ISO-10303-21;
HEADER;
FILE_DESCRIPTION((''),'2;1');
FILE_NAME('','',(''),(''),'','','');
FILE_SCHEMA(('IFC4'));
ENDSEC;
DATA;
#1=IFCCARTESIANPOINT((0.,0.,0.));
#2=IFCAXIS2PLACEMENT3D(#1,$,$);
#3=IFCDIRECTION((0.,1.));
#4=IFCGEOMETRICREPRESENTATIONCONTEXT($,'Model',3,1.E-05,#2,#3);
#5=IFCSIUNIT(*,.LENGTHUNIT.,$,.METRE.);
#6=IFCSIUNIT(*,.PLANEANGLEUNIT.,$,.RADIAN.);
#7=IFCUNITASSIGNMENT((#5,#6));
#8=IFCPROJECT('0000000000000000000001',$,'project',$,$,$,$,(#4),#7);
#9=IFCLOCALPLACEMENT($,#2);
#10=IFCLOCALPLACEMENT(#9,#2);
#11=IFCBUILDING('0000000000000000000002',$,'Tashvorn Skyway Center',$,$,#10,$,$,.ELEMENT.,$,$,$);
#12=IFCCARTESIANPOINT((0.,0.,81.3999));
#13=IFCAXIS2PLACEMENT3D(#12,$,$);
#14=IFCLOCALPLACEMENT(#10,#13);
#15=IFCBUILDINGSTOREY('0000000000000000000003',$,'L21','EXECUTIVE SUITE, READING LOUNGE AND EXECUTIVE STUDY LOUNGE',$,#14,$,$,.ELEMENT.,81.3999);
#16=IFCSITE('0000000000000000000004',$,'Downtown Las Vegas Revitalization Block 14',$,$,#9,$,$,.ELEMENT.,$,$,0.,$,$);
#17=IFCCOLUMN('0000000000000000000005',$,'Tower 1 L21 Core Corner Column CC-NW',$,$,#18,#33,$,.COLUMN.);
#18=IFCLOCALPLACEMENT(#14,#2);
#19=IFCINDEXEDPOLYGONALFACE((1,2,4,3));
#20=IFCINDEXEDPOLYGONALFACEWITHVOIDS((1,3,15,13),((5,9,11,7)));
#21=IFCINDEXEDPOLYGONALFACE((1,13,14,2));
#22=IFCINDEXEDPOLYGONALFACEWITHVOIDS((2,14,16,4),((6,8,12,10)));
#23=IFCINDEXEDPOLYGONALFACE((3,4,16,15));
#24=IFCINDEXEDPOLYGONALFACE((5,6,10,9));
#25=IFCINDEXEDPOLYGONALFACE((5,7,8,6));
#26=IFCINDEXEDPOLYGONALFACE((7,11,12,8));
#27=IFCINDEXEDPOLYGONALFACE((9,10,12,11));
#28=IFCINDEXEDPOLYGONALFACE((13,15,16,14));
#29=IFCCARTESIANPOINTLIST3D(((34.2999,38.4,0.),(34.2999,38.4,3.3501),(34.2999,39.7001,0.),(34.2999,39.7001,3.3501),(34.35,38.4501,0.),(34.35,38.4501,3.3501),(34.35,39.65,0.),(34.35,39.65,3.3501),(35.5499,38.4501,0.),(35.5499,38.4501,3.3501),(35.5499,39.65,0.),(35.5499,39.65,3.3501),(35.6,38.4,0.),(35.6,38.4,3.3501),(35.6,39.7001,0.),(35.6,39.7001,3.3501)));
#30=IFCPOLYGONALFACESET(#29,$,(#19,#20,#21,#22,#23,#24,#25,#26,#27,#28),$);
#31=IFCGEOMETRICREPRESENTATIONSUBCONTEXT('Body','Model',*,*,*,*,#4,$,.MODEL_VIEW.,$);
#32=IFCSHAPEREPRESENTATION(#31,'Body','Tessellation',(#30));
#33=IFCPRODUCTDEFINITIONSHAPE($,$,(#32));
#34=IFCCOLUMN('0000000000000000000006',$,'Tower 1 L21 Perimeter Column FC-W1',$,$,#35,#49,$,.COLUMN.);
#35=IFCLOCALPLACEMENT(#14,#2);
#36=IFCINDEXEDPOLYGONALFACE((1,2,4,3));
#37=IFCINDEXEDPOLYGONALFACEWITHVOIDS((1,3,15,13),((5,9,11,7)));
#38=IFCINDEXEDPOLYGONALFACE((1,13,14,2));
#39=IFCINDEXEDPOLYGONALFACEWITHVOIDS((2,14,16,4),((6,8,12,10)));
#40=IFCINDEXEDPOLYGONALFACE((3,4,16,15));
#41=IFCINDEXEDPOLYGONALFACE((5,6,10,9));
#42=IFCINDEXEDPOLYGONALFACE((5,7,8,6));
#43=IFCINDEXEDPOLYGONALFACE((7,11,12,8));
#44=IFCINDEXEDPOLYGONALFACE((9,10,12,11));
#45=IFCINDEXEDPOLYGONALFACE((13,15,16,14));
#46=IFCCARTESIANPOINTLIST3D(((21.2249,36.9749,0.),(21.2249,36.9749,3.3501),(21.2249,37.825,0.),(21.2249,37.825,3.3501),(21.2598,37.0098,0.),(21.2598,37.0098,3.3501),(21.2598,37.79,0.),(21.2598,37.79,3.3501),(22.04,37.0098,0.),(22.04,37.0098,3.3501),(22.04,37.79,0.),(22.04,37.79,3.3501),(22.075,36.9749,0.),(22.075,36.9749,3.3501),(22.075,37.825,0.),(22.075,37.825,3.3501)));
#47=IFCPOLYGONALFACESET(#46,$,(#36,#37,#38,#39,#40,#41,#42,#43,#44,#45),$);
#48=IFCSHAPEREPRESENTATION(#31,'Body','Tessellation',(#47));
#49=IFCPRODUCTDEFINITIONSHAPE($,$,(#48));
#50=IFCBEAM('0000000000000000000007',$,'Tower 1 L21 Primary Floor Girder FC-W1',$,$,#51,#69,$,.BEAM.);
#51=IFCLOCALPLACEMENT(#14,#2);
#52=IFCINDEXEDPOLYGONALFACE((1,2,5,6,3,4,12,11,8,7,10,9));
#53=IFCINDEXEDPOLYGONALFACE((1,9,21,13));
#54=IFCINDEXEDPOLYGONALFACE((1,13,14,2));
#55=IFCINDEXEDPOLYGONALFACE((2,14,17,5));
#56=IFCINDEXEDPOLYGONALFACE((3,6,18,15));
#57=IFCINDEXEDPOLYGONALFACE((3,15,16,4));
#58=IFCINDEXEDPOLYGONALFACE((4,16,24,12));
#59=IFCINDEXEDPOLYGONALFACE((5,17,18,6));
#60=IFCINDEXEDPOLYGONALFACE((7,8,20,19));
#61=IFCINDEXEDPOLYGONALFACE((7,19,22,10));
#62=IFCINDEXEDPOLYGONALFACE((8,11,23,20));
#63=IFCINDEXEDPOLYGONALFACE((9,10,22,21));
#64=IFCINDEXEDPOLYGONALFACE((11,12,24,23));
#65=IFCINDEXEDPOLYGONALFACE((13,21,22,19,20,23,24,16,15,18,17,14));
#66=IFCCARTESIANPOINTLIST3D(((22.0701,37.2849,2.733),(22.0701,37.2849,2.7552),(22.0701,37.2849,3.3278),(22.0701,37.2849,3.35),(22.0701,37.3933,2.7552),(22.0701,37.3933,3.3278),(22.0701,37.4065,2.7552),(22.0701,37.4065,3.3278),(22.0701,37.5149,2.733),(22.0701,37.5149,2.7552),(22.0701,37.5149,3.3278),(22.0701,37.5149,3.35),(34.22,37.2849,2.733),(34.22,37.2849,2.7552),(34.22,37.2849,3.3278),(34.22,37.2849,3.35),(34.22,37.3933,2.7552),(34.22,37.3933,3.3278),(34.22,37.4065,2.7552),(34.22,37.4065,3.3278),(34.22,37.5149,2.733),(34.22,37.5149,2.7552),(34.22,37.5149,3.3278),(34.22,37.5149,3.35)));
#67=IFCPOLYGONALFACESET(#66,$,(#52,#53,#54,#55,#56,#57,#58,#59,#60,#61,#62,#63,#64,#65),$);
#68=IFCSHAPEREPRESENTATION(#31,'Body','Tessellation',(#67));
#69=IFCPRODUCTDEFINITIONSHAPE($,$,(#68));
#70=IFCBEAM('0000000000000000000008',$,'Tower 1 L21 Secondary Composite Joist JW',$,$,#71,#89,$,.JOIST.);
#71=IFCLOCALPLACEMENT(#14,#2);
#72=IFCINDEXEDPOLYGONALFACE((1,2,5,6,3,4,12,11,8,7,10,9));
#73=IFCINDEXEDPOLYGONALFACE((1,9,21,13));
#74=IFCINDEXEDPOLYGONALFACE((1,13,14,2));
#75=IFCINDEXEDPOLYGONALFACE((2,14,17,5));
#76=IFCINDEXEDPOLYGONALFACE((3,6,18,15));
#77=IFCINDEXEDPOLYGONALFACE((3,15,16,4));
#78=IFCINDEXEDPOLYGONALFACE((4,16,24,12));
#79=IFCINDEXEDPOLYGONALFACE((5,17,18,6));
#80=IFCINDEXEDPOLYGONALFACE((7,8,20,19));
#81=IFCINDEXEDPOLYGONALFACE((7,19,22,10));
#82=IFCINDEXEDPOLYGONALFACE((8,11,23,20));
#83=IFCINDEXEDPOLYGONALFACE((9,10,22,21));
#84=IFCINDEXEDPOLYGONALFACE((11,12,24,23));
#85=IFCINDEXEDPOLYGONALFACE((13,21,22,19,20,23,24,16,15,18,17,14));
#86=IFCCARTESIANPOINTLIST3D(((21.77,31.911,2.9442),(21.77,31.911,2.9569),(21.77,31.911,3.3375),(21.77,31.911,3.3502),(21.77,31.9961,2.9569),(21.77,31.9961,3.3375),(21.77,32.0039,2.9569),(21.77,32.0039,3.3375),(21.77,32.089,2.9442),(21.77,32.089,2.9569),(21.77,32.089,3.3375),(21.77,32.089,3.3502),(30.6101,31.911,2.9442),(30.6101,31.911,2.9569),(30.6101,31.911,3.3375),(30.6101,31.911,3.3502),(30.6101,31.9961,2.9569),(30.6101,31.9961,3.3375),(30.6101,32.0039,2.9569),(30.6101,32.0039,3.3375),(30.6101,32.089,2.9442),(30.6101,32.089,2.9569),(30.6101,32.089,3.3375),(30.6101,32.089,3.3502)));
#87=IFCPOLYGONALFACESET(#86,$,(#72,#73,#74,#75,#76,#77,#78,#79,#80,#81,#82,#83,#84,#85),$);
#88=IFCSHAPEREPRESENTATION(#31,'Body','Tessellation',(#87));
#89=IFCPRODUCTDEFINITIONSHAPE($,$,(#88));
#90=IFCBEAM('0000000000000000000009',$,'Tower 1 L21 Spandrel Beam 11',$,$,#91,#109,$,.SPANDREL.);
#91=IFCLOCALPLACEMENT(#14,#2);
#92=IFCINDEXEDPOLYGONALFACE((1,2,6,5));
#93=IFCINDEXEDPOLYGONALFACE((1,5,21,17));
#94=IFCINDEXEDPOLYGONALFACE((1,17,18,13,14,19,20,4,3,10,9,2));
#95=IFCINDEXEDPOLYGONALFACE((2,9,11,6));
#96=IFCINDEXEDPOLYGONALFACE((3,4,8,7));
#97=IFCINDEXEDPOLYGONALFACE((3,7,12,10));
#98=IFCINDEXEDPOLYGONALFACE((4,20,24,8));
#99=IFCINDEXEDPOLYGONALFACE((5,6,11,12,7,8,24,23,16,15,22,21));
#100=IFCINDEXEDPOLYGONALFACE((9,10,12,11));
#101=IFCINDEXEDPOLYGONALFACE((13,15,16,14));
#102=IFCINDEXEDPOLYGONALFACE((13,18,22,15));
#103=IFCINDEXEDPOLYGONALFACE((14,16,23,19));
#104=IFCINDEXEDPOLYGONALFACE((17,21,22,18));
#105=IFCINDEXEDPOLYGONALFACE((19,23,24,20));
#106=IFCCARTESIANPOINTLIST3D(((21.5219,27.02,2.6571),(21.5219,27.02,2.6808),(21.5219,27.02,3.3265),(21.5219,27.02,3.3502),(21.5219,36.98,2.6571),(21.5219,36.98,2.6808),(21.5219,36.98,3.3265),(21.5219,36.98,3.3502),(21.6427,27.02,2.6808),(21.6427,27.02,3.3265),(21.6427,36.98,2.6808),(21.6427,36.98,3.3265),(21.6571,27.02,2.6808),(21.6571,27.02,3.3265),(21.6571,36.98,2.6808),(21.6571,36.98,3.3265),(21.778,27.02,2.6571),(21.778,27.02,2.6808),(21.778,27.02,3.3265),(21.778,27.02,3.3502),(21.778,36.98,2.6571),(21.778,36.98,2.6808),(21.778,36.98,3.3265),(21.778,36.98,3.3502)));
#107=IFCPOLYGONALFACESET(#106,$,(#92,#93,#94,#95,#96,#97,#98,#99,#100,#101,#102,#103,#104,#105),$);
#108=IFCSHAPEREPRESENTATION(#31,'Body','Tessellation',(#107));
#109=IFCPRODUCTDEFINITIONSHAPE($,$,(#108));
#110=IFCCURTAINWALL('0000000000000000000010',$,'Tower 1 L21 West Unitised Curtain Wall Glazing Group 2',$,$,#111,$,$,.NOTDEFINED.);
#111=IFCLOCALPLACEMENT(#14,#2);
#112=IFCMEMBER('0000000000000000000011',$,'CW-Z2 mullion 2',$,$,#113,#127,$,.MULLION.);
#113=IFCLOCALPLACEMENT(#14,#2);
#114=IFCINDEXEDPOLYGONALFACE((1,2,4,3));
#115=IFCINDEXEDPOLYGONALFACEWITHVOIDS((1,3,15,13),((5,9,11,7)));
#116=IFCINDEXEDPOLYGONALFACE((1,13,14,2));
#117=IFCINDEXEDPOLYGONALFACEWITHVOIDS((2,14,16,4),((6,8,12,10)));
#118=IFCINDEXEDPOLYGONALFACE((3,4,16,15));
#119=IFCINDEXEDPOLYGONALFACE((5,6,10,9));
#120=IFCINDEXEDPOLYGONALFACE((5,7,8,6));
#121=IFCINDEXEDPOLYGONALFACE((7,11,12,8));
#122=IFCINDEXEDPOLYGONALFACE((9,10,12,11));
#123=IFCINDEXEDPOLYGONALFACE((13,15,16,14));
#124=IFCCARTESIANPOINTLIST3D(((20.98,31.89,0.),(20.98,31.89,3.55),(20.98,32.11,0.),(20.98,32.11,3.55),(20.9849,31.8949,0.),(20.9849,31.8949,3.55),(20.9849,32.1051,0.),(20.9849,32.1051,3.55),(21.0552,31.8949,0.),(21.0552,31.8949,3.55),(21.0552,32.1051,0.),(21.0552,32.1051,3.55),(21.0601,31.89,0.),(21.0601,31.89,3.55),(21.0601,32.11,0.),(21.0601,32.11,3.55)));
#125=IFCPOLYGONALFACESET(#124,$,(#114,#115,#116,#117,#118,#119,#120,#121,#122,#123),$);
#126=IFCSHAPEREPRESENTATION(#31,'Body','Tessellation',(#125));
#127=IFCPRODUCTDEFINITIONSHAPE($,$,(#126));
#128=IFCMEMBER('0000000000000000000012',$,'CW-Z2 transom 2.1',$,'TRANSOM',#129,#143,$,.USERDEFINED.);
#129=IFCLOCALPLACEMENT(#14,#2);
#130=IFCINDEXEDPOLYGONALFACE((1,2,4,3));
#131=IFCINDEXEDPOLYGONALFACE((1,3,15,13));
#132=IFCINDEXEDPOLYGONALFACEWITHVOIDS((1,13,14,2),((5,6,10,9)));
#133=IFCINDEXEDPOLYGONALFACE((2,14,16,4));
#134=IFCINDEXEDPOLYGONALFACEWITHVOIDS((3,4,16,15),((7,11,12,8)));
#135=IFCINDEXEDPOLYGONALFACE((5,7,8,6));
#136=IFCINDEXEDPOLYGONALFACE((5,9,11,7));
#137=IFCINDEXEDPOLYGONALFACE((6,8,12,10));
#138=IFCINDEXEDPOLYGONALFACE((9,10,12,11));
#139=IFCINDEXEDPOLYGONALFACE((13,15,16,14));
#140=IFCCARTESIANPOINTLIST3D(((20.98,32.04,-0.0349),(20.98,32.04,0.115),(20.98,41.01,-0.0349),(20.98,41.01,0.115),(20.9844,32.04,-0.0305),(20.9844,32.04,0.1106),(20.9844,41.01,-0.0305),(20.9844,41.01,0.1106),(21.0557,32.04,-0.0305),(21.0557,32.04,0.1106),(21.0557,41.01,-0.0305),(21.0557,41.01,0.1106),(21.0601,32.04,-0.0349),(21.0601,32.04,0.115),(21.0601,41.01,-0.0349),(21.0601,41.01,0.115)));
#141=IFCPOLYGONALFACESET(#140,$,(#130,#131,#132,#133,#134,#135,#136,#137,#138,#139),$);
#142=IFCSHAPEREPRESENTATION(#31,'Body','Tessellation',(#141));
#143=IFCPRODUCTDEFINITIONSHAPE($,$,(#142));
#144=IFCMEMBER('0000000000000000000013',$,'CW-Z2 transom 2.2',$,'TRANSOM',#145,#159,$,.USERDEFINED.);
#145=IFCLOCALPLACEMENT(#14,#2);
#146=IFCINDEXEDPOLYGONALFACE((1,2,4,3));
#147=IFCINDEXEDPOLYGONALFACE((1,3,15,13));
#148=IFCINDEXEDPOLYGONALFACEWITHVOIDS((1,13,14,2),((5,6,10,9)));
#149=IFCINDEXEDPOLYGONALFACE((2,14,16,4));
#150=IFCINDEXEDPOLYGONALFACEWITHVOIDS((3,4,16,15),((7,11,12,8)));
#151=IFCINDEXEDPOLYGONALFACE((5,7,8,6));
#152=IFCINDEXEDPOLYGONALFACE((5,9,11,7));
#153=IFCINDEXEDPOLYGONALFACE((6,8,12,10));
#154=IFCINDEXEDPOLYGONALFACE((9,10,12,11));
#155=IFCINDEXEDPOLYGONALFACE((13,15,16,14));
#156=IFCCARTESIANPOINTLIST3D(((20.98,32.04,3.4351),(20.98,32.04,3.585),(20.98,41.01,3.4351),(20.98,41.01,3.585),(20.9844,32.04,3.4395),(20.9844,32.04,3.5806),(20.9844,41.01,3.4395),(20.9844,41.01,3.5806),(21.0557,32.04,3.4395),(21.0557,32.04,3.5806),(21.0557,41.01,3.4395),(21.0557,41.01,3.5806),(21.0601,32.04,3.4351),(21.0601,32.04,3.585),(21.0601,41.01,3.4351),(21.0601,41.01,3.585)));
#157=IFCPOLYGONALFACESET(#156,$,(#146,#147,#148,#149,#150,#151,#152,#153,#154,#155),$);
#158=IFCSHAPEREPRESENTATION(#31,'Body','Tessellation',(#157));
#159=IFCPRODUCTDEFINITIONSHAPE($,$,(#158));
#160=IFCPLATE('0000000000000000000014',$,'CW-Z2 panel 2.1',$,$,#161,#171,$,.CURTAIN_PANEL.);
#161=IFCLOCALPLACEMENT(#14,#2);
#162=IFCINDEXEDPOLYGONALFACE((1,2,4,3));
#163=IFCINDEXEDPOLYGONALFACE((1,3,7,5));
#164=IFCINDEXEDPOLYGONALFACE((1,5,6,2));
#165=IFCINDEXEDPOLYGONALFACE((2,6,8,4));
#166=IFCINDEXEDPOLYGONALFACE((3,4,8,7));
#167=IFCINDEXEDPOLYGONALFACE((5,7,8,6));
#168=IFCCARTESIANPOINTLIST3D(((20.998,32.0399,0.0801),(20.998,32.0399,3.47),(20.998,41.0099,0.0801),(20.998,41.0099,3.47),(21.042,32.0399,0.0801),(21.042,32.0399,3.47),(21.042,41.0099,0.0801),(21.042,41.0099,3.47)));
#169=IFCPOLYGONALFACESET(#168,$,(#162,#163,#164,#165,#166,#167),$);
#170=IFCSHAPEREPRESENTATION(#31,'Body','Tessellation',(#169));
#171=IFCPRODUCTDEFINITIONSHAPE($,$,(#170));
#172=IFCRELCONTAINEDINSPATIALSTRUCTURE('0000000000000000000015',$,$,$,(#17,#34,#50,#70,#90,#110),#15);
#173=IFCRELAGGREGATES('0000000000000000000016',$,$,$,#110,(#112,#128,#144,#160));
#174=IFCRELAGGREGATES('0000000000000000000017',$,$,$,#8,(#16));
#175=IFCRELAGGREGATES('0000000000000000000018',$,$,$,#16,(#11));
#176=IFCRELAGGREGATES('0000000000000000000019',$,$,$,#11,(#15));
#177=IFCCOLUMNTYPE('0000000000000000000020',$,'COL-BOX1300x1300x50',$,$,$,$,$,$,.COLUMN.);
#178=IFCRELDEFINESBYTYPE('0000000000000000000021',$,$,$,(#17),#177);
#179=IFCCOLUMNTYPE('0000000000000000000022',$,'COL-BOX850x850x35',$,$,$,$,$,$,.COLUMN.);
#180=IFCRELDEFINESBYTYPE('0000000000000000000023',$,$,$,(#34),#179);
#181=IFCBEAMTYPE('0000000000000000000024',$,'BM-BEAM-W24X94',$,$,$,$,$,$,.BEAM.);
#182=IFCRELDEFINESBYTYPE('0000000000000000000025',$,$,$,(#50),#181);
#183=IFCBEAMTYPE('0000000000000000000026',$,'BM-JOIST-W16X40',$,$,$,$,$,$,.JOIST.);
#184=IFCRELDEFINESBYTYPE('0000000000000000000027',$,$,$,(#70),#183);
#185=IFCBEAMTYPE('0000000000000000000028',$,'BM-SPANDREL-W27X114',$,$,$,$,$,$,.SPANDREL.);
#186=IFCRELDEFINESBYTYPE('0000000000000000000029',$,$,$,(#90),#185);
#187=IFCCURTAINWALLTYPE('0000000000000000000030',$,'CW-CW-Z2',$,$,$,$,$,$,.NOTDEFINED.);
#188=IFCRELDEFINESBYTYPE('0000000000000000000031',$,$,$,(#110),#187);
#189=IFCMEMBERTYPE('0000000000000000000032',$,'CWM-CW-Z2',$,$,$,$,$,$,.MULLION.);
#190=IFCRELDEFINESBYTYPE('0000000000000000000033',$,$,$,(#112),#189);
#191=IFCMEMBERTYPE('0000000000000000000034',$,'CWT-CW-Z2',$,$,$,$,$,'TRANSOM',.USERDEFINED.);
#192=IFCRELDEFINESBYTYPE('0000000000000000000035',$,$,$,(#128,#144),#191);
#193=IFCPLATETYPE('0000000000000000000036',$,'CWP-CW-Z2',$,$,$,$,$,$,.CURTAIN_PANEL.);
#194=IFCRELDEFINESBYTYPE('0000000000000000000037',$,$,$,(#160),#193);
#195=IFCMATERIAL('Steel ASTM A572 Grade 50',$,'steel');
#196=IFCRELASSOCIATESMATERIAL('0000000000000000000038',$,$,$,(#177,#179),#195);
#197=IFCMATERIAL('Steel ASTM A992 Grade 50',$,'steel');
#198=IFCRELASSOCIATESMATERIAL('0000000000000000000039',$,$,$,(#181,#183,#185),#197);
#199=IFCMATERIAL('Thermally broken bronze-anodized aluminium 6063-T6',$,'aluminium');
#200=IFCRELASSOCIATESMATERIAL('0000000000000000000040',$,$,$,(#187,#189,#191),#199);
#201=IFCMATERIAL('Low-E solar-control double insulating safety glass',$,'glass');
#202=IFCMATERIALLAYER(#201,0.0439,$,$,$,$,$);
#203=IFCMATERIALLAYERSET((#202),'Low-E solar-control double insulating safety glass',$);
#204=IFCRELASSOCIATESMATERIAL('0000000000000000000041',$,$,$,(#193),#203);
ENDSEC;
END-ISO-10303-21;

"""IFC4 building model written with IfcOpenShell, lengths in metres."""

from ifc_helpers import new_model, si_unit, direction, frame, origin, origin_2d, place, context, subcontext, project, spatial, rectangle, hollow_rectangle, i_section, extrude, material, layer, layer_set, material_profile, profile_set, type_object, element, aggregate, save


model = new_model("IFC4")

# Units and contexts
model_context = context("Model", 3, precision=1e-05, world=origin(), true_north=direction((0.0, 1.0)))
body_context = subcontext(model_context, "Body", "Model", "MODEL_VIEW")
ifc_project = project(units=[si_unit("LENGTHUNIT", "METRE"), si_unit("PLANEANGLEUNIT", "RADIAN")], contexts=[model_context])

# Site, building, storey
site_placement = place(None, origin())
site = spatial("IfcSite", under=ifc_project, at=site_placement, Name="Downtown Las Vegas Revitalization Block 14", CompositionType="ELEMENT", RefElevation=0.0)
building_placement = place(site_placement, origin())
building = spatial("IfcBuilding", under=site, at=building_placement, Name="Tashvorn Skyway Center", CompositionType="ELEMENT")
storey_placement = place(building_placement, frame((0.0, 0.0, 81.3999)))
storey = spatial("IfcBuildingStorey", under=building, at=storey_placement, Name="L21", Description="EXECUTIVE SUITE, READING LOUNGE AND EXECUTIVE STUDY LOUNGE", CompositionType="ELEMENT", Elevation=81.3999)

# Columns
ifc_material_1 = material(Name="Steel ASTM A572 Grade 50", Category="steel")
ifc_material_profile_1 = material_profile(ifc_material_1, hollow_rectangle(XDim=1.3, YDim=1.3, WallThickness=0.05, at=origin_2d()), Name="BOX1300x1300x50")
ifc_profile_set_1 = profile_set([ifc_material_profile_1], Name="Steel ASTM A572 Grade 50")
column_type_1 = type_object("IfcColumnType", Name="COL-BOX1300x1300x50", PredefinedType="COLUMN", material=ifc_profile_set_1)
column_1_placement = place(storey_placement, frame((34.95, 39.05, 0.0), z_axis=(0.0, 0.0, 1.0), x_axis=(1.0, 0.0, 0.0)))
element("IfcColumn", 1, at=column_1_placement, inside=storey, type_object=column_type_1, Name="Tower 1 L21 Core Corner Column CC-NW", PredefinedType="COLUMN", context=body_context, shape_type="SweptSolid", body=[
    extrude(hollow_rectangle(XDim=1.3, YDim=1.3, WallThickness=0.05, at=origin_2d()), origin(), (0.0, 0.0, 1.0), 3.3501),
])
ifc_material_profile_2 = material_profile(ifc_material_1, hollow_rectangle(XDim=0.8501, YDim=0.8501, WallThickness=0.0349, at=origin_2d()), Name="BOX850x850x35")
ifc_profile_set_2 = profile_set([ifc_material_profile_2], Name="Steel ASTM A572 Grade 50")
column_type_2 = type_object("IfcColumnType", Name="COL-BOX850x850x35", PredefinedType="COLUMN", material=ifc_profile_set_2)
column_2_placement = place(storey_placement, frame((21.6499, 37.3999, 0.0), z_axis=(0.0, 0.0, 1.0), x_axis=(1.0, 0.0, 0.0)))
element("IfcColumn", 2, at=column_2_placement, inside=storey, type_object=column_type_2, Name="Tower 1 L21 Perimeter Column FC-W1", PredefinedType="COLUMN", context=body_context, shape_type="SweptSolid", body=[
    extrude(hollow_rectangle(XDim=0.8501, YDim=0.8501, WallThickness=0.0349, at=origin_2d()), origin(), (0.0, 0.0, 1.0), 3.3501),
])

# Beams
ifc_material_2 = material(Name="Steel ASTM A992 Grade 50", Category="steel")
ifc_material_profile_3 = material_profile(ifc_material_2, i_section(OverallWidth=0.23, OverallDepth=0.6169, WebThickness=0.0132, FlangeThickness=0.0222, at=origin_2d()), Name="W24X94")
ifc_profile_set_3 = profile_set([ifc_material_profile_3], Name="Steel ASTM A992 Grade 50")
beam_type_1 = type_object("IfcBeamType", Name="BM-BEAM-W24X94", PredefinedType="BEAM", material=ifc_profile_set_3)
beam_1_placement = place(storey_placement, frame((22.0701, 37.3999, 3.0415), z_axis=(1.0, 0.0, 0.0), x_axis=(0.0, 1.0, 0.0)))
element("IfcBeam", 3, at=beam_1_placement, inside=storey, type_object=beam_type_1, Name="Tower 1 L21 Primary Floor Girder FC-W1", PredefinedType="BEAM", context=body_context, shape_type="SweptSolid", body=[
    extrude(i_section(OverallWidth=0.23, OverallDepth=0.6169, WebThickness=0.0132, FlangeThickness=0.0222, at=origin_2d()), origin(), (0.0, 0.0, 1.0), 12.1499),
])
ifc_material_profile_4 = material_profile(ifc_material_2, i_section(OverallWidth=0.178, OverallDepth=0.406, WebThickness=0.0078, FlangeThickness=0.0127, at=origin_2d()), Name="W16X40")
ifc_profile_set_4 = profile_set([ifc_material_profile_4], Name="Steel ASTM A992 Grade 50")
beam_type_2 = type_object("IfcBeamType", Name="BM-JOIST-W16X40", PredefinedType="JOIST", material=ifc_profile_set_4)
beam_2_placement = place(storey_placement, frame((30.6101, 32.0, 3.1472), z_axis=(-1.0, 0.0, 0.0), x_axis=(0.0, -1.0, 0.0)))
element("IfcBeam", 4, at=beam_2_placement, inside=storey, type_object=beam_type_2, Name="Tower 1 L21 Secondary Composite Joist JW", PredefinedType="JOIST", context=body_context, shape_type="SweptSolid", body=[
    extrude(i_section(OverallWidth=0.178, OverallDepth=0.406, WebThickness=0.0078, FlangeThickness=0.0127, at=origin_2d()), origin(), (0.0, 0.0, 1.0), 8.8401),
])
ifc_material_profile_5 = material_profile(ifc_material_2, i_section(OverallWidth=0.2561, OverallDepth=0.6931, WebThickness=0.0144, FlangeThickness=0.0237, at=origin_2d()), Name="W27X114")
ifc_profile_set_5 = profile_set([ifc_material_profile_5], Name="Steel ASTM A992 Grade 50")
beam_type_3 = type_object("IfcBeamType", Name="BM-SPANDREL-W27X114", PredefinedType="SPANDREL", material=ifc_profile_set_5)
beam_3_placement = place(storey_placement, frame((21.6499, 36.98, 3.0037), z_axis=(0.0, -1.0, 0.0), x_axis=(1.0, 0.0, 0.0)))
element("IfcBeam", 5, at=beam_3_placement, inside=storey, type_object=beam_type_3, Name="Tower 1 L21 Spandrel Beam 11", PredefinedType="SPANDREL", context=body_context, shape_type="SweptSolid", body=[
    extrude(i_section(OverallWidth=0.2561, OverallDepth=0.6931, WebThickness=0.0144, FlangeThickness=0.0237, at=origin_2d()), origin(), (0.0, 0.0, 1.0), 9.96),
])

# Curtain wall, members, plate
ifc_material_3 = material(Name="Thermally broken bronze-anodized aluminium 6063-T6", Category="aluminium")
curtain_wall_type = type_object("IfcCurtainWallType", Name="CW-CW-Z2", PredefinedType="NOTDEFINED", material=ifc_material_3)
curtain_wall_placement = place(storey_placement, origin())
curtain_wall = element("IfcCurtainWall", 6, at=curtain_wall_placement, inside=storey, type_object=curtain_wall_type, Name="Tower 1 L21 West Unitised Curtain Wall Glazing Group 2", PredefinedType="NOTDEFINED")
ifc_material_profile_6 = material_profile(ifc_material_3, hollow_rectangle(XDim=0.0801, YDim=0.22, WallThickness=0.0049, at=origin_2d()), Name="ALU-MULL-80x220")
ifc_profile_set_6 = profile_set([ifc_material_profile_6], Name="Thermally broken bronze-anodized aluminium 6063-T6")
member_type_1 = type_object("IfcMemberType", Name="CWM-CW-Z2", PredefinedType="MULLION", material=ifc_profile_set_6)
member_1_placement = place(storey_placement, frame((21.02, 32.0, 0.0), z_axis=(0.0, 0.0, 1.0), x_axis=(-1.0, 0.0, 0.0)))
member_1 = element("IfcMember", 7, at=member_1_placement, type_object=member_type_1, Name="CW-Z2 mullion 2", PredefinedType="MULLION", context=body_context, shape_type="SweptSolid", body=[
    extrude(hollow_rectangle(XDim=0.0801, YDim=0.22, WallThickness=0.0049, at=origin_2d()), origin(), (0.0, 0.0, 1.0), 3.55),
])
ifc_material_profile_7 = material_profile(ifc_material_3, hollow_rectangle(XDim=0.0801, YDim=0.1499, WallThickness=0.0044, at=origin_2d()), Name="ALU-TRAN-80x150")
ifc_profile_set_7 = profile_set([ifc_material_profile_7], Name="Thermally broken bronze-anodized aluminium 6063-T6")
member_type_2 = type_object("IfcMemberType", Name="CWT-CW-Z2", ElementType="TRANSOM", PredefinedType="USERDEFINED", material=ifc_profile_set_7)
member_2_placement = place(storey_placement, frame((21.02, 32.04, 0.04), z_axis=(0.0, 1.0, 0.0), x_axis=(-1.0, 0.0, 0.0)))
member_2 = element("IfcMember", 8, at=member_2_placement, type_object=member_type_2, Name="CW-Z2 transom 2.1", ObjectType="TRANSOM", PredefinedType="USERDEFINED", context=body_context, shape_type="SweptSolid", body=[
    extrude(hollow_rectangle(XDim=0.0801, YDim=0.1499, WallThickness=0.0044, at=origin_2d()), origin(), (0.0, 0.0, 1.0), 8.97),
])
member_3_placement = place(storey_placement, frame((21.02, 32.04, 3.51), z_axis=(0.0, 1.0, 0.0), x_axis=(-1.0, 0.0, 0.0)))
member_3 = element("IfcMember", 9, at=member_3_placement, type_object=member_type_2, Name="CW-Z2 transom 2.2", ObjectType="TRANSOM", PredefinedType="USERDEFINED", context=body_context, shape_type="SweptSolid", body=[
    extrude(hollow_rectangle(XDim=0.0801, YDim=0.1499, WallThickness=0.0044, at=origin_2d()), origin(), (0.0, 0.0, 1.0), 8.97),
])
ifc_material_4 = material(Name="Low-E solar-control double insulating safety glass", Category="glass")
ifc_layer_1 = layer(ifc_material_4, 0.0439)
ifc_layer_set_1 = layer_set([ifc_layer_1], Name="Low-E solar-control double insulating safety glass")
plate_type = type_object("IfcPlateType", Name="CWP-CW-Z2", PredefinedType="CURTAIN_PANEL", material=ifc_layer_set_1)
plate_placement = place(storey_placement, frame((21.02, 36.5249, 0.0801), z_axis=(0.0, 0.0, 1.0), x_axis=(0.0, 1.0, 0.0)))
plate = element("IfcPlate", 10, at=plate_placement, type_object=plate_type, Name="CW-Z2 panel 2.1", PredefinedType="CURTAIN_PANEL", context=body_context, shape_type="SweptSolid", body=[
    extrude(rectangle(XDim=8.97, YDim=0.0439, at=origin_2d()), origin(), (0.0, 0.0, 1.0), 3.3899),
])
aggregate(curtain_wall, [member_1, member_2, member_3, plate])

save(model, "model.ifc")
